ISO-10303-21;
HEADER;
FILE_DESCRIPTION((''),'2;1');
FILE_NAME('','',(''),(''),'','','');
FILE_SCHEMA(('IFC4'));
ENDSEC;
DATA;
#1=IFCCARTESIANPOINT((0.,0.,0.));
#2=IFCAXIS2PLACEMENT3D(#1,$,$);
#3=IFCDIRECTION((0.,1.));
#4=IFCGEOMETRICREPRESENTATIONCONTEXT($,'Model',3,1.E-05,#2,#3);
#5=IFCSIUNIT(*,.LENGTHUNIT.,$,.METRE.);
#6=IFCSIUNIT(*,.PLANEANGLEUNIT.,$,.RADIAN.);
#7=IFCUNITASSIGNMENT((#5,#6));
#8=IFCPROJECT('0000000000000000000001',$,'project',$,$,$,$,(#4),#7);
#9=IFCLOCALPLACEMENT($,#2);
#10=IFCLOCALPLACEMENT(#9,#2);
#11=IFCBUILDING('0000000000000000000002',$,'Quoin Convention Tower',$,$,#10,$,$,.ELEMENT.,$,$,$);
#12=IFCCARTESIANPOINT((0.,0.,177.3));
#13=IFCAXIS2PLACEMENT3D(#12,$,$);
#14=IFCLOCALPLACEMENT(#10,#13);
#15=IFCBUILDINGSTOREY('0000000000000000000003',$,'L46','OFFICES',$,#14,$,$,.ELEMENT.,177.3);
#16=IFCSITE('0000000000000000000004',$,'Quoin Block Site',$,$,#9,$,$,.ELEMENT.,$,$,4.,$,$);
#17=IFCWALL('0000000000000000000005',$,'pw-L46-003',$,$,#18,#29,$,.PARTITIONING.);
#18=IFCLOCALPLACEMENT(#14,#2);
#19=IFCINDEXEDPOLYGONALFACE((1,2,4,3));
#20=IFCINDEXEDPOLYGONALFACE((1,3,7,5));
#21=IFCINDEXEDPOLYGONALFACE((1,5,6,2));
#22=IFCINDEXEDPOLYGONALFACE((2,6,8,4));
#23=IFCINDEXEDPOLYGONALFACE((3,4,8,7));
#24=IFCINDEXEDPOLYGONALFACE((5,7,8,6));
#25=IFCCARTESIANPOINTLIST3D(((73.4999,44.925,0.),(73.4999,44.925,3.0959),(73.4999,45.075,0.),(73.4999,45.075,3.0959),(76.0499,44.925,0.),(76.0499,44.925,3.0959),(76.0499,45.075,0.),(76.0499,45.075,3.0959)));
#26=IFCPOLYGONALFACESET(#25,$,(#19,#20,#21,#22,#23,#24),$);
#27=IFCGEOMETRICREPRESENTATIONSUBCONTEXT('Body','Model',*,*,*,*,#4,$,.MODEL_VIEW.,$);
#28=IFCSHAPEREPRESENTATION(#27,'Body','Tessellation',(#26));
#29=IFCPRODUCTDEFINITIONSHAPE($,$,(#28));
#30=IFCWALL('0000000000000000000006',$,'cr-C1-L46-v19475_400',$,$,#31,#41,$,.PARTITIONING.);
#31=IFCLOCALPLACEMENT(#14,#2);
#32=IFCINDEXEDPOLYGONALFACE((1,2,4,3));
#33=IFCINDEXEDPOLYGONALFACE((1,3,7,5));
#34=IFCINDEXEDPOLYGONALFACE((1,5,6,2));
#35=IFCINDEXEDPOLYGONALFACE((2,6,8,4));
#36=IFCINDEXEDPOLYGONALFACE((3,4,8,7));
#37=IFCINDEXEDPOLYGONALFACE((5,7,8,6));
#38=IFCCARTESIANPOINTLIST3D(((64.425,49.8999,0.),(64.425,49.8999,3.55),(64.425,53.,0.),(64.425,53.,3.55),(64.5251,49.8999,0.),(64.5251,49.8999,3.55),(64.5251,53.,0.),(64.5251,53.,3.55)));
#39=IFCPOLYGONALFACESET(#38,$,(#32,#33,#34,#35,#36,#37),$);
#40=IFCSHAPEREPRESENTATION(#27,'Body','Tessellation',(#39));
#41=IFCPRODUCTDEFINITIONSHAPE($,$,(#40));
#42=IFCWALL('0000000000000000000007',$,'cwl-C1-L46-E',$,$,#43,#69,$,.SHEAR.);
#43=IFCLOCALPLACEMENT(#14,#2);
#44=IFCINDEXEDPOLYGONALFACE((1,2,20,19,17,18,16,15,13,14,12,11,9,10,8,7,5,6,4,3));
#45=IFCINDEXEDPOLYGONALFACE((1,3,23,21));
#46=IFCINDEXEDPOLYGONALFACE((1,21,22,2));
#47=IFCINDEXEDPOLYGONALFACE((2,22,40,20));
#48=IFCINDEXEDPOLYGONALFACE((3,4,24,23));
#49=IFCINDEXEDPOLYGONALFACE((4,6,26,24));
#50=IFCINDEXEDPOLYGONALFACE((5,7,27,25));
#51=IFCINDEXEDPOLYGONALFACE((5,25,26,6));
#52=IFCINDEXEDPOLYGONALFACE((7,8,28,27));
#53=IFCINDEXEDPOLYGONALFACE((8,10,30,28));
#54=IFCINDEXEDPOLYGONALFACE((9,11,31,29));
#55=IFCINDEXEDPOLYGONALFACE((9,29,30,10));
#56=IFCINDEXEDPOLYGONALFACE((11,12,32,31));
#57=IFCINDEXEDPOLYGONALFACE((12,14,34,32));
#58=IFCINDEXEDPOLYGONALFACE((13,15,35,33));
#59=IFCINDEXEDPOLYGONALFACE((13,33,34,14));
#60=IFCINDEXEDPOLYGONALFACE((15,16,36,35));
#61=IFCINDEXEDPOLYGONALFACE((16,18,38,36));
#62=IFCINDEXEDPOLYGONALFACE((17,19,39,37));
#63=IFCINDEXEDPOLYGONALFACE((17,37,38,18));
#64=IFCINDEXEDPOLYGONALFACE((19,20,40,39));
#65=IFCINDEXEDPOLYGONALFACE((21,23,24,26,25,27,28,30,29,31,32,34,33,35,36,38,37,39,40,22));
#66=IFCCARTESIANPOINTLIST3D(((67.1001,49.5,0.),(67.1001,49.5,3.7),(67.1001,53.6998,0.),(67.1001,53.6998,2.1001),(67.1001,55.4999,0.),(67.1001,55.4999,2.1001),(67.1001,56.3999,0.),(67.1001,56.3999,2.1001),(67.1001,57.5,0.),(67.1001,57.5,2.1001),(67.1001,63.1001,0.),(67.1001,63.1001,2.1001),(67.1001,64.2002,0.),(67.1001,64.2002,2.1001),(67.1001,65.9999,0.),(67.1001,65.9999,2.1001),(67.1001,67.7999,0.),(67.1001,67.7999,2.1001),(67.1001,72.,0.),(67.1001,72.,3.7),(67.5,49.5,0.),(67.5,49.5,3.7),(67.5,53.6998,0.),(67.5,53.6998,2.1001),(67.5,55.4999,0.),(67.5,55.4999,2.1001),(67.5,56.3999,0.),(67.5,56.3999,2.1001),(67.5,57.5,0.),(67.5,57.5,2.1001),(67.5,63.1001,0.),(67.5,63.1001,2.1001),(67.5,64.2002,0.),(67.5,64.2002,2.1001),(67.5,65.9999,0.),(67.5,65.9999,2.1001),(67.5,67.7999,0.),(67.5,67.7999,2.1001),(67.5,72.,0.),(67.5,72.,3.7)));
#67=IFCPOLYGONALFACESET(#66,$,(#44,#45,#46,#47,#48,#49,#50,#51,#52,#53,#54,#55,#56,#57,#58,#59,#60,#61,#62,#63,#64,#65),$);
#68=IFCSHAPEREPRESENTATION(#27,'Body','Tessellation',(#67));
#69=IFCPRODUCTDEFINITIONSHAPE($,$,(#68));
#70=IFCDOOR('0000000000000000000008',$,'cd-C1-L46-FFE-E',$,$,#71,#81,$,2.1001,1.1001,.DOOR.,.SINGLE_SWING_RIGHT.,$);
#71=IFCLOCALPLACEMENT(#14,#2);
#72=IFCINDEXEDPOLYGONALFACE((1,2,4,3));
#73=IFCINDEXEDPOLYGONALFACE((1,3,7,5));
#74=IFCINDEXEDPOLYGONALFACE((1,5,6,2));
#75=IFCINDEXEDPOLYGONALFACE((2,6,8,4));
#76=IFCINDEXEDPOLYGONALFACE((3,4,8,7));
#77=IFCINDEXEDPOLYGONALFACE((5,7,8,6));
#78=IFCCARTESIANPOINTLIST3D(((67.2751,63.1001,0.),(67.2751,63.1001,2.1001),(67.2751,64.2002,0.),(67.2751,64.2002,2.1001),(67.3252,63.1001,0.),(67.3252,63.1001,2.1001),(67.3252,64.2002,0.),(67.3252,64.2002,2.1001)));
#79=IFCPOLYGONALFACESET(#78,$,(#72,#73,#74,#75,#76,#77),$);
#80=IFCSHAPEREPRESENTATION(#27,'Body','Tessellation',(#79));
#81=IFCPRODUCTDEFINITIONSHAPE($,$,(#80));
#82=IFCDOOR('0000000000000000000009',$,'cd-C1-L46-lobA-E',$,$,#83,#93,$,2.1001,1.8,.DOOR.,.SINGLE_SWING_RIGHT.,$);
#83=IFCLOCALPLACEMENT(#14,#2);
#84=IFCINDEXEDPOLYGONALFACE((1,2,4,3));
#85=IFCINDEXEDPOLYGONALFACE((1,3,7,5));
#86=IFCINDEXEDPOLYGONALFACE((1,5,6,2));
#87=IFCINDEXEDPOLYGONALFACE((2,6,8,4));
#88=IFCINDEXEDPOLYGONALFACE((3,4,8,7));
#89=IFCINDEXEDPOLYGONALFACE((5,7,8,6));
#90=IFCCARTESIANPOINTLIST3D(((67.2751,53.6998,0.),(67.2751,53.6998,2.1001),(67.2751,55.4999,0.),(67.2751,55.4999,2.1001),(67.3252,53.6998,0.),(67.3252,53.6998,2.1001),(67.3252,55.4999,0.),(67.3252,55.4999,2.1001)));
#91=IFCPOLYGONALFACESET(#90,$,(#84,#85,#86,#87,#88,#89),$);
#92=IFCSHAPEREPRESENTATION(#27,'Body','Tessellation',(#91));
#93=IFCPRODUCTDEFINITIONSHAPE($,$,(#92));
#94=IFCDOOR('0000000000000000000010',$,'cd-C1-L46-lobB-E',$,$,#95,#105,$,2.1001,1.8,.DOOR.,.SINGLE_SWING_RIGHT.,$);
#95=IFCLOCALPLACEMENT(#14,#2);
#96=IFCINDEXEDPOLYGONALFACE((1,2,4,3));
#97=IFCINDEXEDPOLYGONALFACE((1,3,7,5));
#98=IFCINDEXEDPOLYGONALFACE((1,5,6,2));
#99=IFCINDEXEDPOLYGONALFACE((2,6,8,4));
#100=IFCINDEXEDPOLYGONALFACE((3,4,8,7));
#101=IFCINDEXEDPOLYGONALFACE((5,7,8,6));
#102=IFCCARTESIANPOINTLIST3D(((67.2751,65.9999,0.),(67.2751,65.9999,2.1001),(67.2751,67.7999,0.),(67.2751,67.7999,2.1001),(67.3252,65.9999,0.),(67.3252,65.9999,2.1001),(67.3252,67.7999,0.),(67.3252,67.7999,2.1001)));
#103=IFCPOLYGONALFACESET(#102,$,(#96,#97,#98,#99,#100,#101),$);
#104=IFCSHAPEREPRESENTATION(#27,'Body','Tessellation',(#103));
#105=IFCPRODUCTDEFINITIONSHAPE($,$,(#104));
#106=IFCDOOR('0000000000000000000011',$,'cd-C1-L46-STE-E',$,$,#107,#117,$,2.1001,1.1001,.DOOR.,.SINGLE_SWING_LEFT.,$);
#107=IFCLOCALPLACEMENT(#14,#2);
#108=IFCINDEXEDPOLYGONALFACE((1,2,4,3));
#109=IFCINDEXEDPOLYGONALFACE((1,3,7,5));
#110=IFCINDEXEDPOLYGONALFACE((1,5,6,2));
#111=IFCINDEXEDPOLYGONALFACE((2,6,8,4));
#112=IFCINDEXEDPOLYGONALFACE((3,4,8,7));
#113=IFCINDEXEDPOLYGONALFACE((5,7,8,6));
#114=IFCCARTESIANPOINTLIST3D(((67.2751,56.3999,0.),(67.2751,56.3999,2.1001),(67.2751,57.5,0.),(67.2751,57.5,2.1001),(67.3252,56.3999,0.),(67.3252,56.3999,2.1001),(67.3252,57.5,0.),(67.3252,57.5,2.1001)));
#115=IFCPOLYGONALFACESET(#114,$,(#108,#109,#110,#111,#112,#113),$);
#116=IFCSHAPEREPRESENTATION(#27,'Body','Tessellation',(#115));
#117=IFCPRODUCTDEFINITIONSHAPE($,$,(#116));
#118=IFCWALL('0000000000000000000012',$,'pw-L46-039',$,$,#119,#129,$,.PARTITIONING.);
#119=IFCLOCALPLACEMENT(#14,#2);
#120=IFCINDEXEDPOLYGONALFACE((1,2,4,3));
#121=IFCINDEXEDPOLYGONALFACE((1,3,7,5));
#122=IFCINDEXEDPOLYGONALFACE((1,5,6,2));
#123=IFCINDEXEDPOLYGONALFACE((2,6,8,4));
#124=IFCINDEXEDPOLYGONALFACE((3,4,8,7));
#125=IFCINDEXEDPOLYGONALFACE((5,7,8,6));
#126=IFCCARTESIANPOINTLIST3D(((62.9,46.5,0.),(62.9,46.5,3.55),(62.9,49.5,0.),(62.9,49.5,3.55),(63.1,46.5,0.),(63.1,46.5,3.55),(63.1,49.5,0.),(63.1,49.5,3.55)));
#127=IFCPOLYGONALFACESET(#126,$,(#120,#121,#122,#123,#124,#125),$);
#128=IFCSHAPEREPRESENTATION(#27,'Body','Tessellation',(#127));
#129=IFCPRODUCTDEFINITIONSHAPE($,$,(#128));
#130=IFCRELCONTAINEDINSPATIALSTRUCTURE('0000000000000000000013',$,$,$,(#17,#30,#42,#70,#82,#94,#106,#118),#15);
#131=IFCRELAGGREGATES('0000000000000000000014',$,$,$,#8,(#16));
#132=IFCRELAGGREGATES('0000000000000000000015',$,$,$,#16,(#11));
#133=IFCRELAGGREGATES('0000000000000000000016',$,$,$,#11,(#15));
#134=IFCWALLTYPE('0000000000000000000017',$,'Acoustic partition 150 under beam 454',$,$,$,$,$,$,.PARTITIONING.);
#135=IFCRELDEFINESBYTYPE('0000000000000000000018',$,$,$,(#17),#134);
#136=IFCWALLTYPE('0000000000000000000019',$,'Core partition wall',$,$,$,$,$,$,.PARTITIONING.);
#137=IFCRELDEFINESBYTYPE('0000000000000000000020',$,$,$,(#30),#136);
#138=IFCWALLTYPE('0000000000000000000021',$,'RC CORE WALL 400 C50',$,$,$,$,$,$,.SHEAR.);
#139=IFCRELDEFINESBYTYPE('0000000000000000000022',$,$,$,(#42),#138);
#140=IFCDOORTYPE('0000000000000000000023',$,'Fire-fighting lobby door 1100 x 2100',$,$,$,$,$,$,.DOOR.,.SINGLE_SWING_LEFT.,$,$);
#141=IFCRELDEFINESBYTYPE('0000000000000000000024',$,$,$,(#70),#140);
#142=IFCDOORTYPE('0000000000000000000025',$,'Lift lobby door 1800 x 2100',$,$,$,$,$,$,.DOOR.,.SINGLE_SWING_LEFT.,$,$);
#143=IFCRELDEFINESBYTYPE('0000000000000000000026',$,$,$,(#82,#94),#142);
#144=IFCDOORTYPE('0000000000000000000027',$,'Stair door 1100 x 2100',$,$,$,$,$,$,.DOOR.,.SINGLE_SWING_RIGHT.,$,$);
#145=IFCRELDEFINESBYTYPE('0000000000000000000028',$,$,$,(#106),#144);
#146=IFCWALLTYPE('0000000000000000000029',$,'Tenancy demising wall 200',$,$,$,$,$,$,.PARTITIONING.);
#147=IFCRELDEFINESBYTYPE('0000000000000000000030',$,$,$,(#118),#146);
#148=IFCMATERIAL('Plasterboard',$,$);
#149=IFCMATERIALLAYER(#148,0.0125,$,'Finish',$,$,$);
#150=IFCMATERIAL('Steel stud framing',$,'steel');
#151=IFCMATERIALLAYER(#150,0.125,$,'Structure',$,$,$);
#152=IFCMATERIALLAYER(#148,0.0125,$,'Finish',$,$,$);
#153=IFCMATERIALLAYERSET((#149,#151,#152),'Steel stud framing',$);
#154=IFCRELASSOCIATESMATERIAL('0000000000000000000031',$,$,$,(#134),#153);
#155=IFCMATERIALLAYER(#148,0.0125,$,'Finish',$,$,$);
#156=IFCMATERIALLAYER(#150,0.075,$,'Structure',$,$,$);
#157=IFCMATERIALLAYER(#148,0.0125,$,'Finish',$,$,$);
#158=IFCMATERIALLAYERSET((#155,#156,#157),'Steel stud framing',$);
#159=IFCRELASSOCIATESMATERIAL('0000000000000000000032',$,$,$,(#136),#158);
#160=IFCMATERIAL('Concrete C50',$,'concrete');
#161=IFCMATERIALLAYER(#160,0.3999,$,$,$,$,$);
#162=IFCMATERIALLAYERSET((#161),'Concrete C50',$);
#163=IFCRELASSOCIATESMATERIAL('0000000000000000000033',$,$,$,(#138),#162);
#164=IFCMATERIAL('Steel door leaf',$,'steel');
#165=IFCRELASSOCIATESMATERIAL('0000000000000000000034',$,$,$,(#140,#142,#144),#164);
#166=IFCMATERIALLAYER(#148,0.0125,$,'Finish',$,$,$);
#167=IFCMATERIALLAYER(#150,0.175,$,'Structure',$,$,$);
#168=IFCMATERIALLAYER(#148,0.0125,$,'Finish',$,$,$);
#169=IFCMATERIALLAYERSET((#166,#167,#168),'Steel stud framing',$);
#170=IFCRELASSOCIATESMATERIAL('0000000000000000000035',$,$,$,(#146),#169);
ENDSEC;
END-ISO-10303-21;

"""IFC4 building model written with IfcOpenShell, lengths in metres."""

from ifc_helpers import new_model, si_unit, direction, frame, frame_2d, origin, place, context, subcontext, project, spatial, rectangle, extrude, material, layer, layer_set, type_object, element, fill, save


model = new_model("IFC4")

# Units and contexts
model_context = context("Model", 3, precision=1e-05, world=origin(), true_north=direction((0.0, 1.0)))
body_context = subcontext(model_context, "Body", "Model", "MODEL_VIEW")
ifc_project = project(units=[si_unit("LENGTHUNIT", "METRE"), si_unit("PLANEANGLEUNIT", "RADIAN")], contexts=[model_context])

# Site, building, storey
site_placement = place(None, origin())
site = spatial("IfcSite", under=ifc_project, at=site_placement, Name="Quoin Block Site", CompositionType="ELEMENT", RefElevation=4.0)
building_placement = place(site_placement, origin())
building = spatial("IfcBuilding", under=site, at=building_placement, Name="Quoin Convention Tower", CompositionType="ELEMENT")
storey_placement = place(building_placement, frame((0.0, 0.0, 177.3)))
storey = spatial("IfcBuildingStorey", under=building, at=storey_placement, Name="L46", Description="OFFICES", CompositionType="ELEMENT", Elevation=177.3)

# Shared definitions
ifc_material_1 = material(Name="Concrete C50", Category="concrete")

# Shared definitions
ifc_material_2 = material(Name="Plasterboard")
ifc_material_3 = material(Name="Steel stud framing", Category="steel")

# Shared definitions
ifc_material_4 = material(Name="Steel door leaf", Category="steel")
ifc_layer_1 = layer(ifc_material_2, 0.0125, Name="Finish")
ifc_layer_2 = layer(ifc_material_3, 0.125, Name="Structure")
ifc_layer_3 = layer(ifc_material_2, 0.0125, Name="Finish")
ifc_layer_set_1 = layer_set([ifc_layer_1, ifc_layer_2, ifc_layer_3], Name="Steel stud framing")
wall_type_1 = type_object("IfcWallType", Name="Acoustic partition 150 under beam 454", PredefinedType="PARTITIONING", material=ifc_layer_set_1)

# Walls
wall_1_placement = place(storey_placement, frame((73.5, 45.0, 0.0), z_axis=(0.0, 0.0, 1.0), x_axis=(1.0, 0.0, 0.0)))
element("IfcWall", 1, at=wall_1_placement, inside=storey, type_object=wall_type_1, Name="pw-L46-003", PredefinedType="PARTITIONING", context=body_context, shape_type="SweptSolid", body=[
    extrude(rectangle(XDim=2.55, YDim=0.1499, at=frame_2d((1.2749, 0.0))), origin(), (0.0, 0.0, 1.0), 3.0959),
])
ifc_layer_4 = layer(ifc_material_2, 0.0125, Name="Finish")
ifc_layer_5 = layer(ifc_material_3, 0.075, Name="Structure")
ifc_layer_6 = layer(ifc_material_2, 0.0125, Name="Finish")
ifc_layer_set_2 = layer_set([ifc_layer_4, ifc_layer_5, ifc_layer_6], Name="Steel stud framing")
wall_type_2 = type_object("IfcWallType", Name="Core partition wall", PredefinedType="PARTITIONING", material=ifc_layer_set_2)
wall_2_placement = place(storey_placement, frame((64.4751, 49.8999, 0.0), z_axis=(0.0, 0.0, 1.0), x_axis=(0.0, 1.0, 0.0)))
element("IfcWall", 2, at=wall_2_placement, inside=storey, type_object=wall_type_2, Name="cr-C1-L46-v19475_400", PredefinedType="PARTITIONING", context=body_context, shape_type="SweptSolid", body=[
    extrude(rectangle(XDim=3.1001, YDim=0.1001, at=frame_2d((1.55, 0.0))), origin(), (0.0, 0.0, 1.0), 3.55),
])

# Wall, openings, doors
ifc_layer_7 = layer(ifc_material_1, 0.3999)
ifc_layer_set_3 = layer_set([ifc_layer_7], Name="Concrete C50")
wall_type_3 = type_object("IfcWallType", Name="RC CORE WALL 400 C50", PredefinedType="SHEAR", material=ifc_layer_set_3)
wall_3_placement = place(storey_placement, frame((67.3, 49.5, 0.0), z_axis=(0.0, 0.0, 1.0), x_axis=(0.0, 1.0, 0.0)))
wall_3 = element("IfcWall", 3, at=wall_3_placement, inside=storey, type_object=wall_type_3, Name="cwl-C1-L46-E", PredefinedType="SHEAR", context=body_context, shape_type="SweptSolid", body=[
    extrude(rectangle(XDim=22.5, YDim=0.3999, at=frame_2d((11.25, 0.0))), origin(), (0.0, 0.0, 1.0), 3.7),
])
opening_1_placement = place(wall_3_placement, frame((4.2, 0.0, 0.0)))
opening_1 = element("IfcOpeningElement", 4, at=opening_1_placement, cuts=wall_3, PredefinedType="OPENING", context=body_context, shape_type="SweptSolid", body=[
    extrude(rectangle(XDim=1.8, YDim=2.1001, at=frame_2d((0.8999, 1.05))), frame((0.0, 0.21, 0.0), z_axis=(0.0, -1.0, 0.0), x_axis=(1.0, 0.0, 0.0)), (0.0, 0.0, 1.0), 0.4199),
])
opening_2_placement = place(wall_3_placement, frame((6.8999, 0.0, 0.0)))
opening_2 = element("IfcOpeningElement", 5, at=opening_2_placement, cuts=wall_3, PredefinedType="OPENING", context=body_context, shape_type="SweptSolid", body=[
    extrude(rectangle(XDim=1.1001, YDim=2.1001, at=frame_2d((0.55, 1.05))), frame((0.0, 0.21, 0.0), z_axis=(0.0, -1.0, 0.0), x_axis=(1.0, 0.0, 0.0)), (0.0, 0.0, 1.0), 0.4199),
])
opening_3_placement = place(wall_3_placement, frame((13.6001, 0.0, 0.0)))
opening_3 = element("IfcOpeningElement", 6, at=opening_3_placement, cuts=wall_3, PredefinedType="OPENING", context=body_context, shape_type="SweptSolid", body=[
    extrude(rectangle(XDim=1.1001, YDim=2.1001, at=frame_2d((0.55, 1.05))), frame((0.0, 0.21, 0.0), z_axis=(0.0, -1.0, 0.0), x_axis=(1.0, 0.0, 0.0)), (0.0, 0.0, 1.0), 0.4199),
])
opening_4_placement = place(wall_3_placement, frame((16.5, 0.0, 0.0)))
opening_4 = element("IfcOpeningElement", 7, at=opening_4_placement, cuts=wall_3, PredefinedType="OPENING", context=body_context, shape_type="SweptSolid", body=[
    extrude(rectangle(XDim=1.8, YDim=2.1001, at=frame_2d((0.8999, 1.05))), frame((0.0, 0.21, 0.0), z_axis=(0.0, -1.0, 0.0), x_axis=(1.0, 0.0, 0.0)), (0.0, 0.0, 1.0), 0.4199),
])
door_type_1 = type_object("IfcDoorType", Name="Fire-fighting lobby door 1100 x 2100", OperationType="SINGLE_SWING_LEFT", PredefinedType="DOOR", material=ifc_material_4)
door_1_placement = place(opening_3_placement, origin())
door_1 = element("IfcDoor", 8, at=door_1_placement, inside=storey, type_object=door_type_1, Name="cd-C1-L46-FFE-E", OperationType="SINGLE_SWING_RIGHT", OverallHeight=2.1001, OverallWidth=1.1001, PredefinedType="DOOR", context=body_context, shape_type="SweptSolid", body=[
    extrude(rectangle(XDim=1.1001, YDim=2.1001, at=frame_2d((0.55, 1.05))), frame((0.0, 0.0249, 0.0), z_axis=(0.0, -1.0, 0.0), x_axis=(1.0, 0.0, 0.0)), (0.0, 0.0, 1.0), 0.05),
])
fill(opening_3, door_1)
door_type_2 = type_object("IfcDoorType", Name="Lift lobby door 1800 x 2100", OperationType="SINGLE_SWING_LEFT", PredefinedType="DOOR", material=ifc_material_4)
door_2_placement = place(opening_1_placement, origin())
door_2 = element("IfcDoor", 9, at=door_2_placement, inside=storey, type_object=door_type_2, Name="cd-C1-L46-lobA-E", OperationType="SINGLE_SWING_RIGHT", OverallHeight=2.1001, OverallWidth=1.8, PredefinedType="DOOR", context=body_context, shape_type="SweptSolid", body=[
    extrude(rectangle(XDim=1.8, YDim=2.1001, at=frame_2d((0.8999, 1.05))), frame((0.0, 0.0249, 0.0), z_axis=(0.0, -1.0, 0.0), x_axis=(1.0, 0.0, 0.0)), (0.0, 0.0, 1.0), 0.05),
])
fill(opening_1, door_2)
door_3_placement = place(opening_4_placement, origin())
door_3 = element("IfcDoor", 10, at=door_3_placement, inside=storey, type_object=door_type_2, Name="cd-C1-L46-lobB-E", OperationType="SINGLE_SWING_RIGHT", OverallHeight=2.1001, OverallWidth=1.8, PredefinedType="DOOR", context=body_context, shape_type="SweptSolid", body=[
    extrude(rectangle(XDim=1.8, YDim=2.1001, at=frame_2d((0.8999, 1.05))), frame((0.0, 0.0249, 0.0), z_axis=(0.0, -1.0, 0.0), x_axis=(1.0, 0.0, 0.0)), (0.0, 0.0, 1.0), 0.05),
])
fill(opening_4, door_3)
door_type_3 = type_object("IfcDoorType", Name="Stair door 1100 x 2100", OperationType="SINGLE_SWING_RIGHT", PredefinedType="DOOR", material=ifc_material_4)
door_4_placement = place(opening_2_placement, origin())
door_4 = element("IfcDoor", 11, at=door_4_placement, inside=storey, type_object=door_type_3, Name="cd-C1-L46-STE-E", OperationType="SINGLE_SWING_LEFT", OverallHeight=2.1001, OverallWidth=1.1001, PredefinedType="DOOR", context=body_context, shape_type="SweptSolid", body=[
    extrude(rectangle(XDim=1.1001, YDim=2.1001, at=frame_2d((0.55, 1.05))), frame((0.0, 0.0249, 0.0), z_axis=(0.0, -1.0, 0.0), x_axis=(1.0, 0.0, 0.0)), (0.0, 0.0, 1.0), 0.05),
])
fill(opening_2, door_4)

# Wall
ifc_layer_8 = layer(ifc_material_2, 0.0125, Name="Finish")
ifc_layer_9 = layer(ifc_material_3, 0.175, Name="Structure")
ifc_layer_10 = layer(ifc_material_2, 0.0125, Name="Finish")
ifc_layer_set_4 = layer_set([ifc_layer_8, ifc_layer_9, ifc_layer_10], Name="Steel stud framing")
wall_type_4 = type_object("IfcWallType", Name="Tenancy demising wall 200", PredefinedType="PARTITIONING", material=ifc_layer_set_4)
wall_4_placement = place(storey_placement, frame((63.0, 46.5, 0.0), z_axis=(0.0, 0.0, 1.0), x_axis=(0.0, 1.0, 0.0)))
element("IfcWall", 12, at=wall_4_placement, inside=storey, type_object=wall_type_4, Name="pw-L46-039", PredefinedType="PARTITIONING", context=body_context, shape_type="SweptSolid", body=[
    extrude(rectangle(XDim=3.0, YDim=0.2, at=frame_2d((1.5, 0.0))), origin(), (0.0, 0.0, 1.0), 3.55),
])

save(model, "model.ifc")
